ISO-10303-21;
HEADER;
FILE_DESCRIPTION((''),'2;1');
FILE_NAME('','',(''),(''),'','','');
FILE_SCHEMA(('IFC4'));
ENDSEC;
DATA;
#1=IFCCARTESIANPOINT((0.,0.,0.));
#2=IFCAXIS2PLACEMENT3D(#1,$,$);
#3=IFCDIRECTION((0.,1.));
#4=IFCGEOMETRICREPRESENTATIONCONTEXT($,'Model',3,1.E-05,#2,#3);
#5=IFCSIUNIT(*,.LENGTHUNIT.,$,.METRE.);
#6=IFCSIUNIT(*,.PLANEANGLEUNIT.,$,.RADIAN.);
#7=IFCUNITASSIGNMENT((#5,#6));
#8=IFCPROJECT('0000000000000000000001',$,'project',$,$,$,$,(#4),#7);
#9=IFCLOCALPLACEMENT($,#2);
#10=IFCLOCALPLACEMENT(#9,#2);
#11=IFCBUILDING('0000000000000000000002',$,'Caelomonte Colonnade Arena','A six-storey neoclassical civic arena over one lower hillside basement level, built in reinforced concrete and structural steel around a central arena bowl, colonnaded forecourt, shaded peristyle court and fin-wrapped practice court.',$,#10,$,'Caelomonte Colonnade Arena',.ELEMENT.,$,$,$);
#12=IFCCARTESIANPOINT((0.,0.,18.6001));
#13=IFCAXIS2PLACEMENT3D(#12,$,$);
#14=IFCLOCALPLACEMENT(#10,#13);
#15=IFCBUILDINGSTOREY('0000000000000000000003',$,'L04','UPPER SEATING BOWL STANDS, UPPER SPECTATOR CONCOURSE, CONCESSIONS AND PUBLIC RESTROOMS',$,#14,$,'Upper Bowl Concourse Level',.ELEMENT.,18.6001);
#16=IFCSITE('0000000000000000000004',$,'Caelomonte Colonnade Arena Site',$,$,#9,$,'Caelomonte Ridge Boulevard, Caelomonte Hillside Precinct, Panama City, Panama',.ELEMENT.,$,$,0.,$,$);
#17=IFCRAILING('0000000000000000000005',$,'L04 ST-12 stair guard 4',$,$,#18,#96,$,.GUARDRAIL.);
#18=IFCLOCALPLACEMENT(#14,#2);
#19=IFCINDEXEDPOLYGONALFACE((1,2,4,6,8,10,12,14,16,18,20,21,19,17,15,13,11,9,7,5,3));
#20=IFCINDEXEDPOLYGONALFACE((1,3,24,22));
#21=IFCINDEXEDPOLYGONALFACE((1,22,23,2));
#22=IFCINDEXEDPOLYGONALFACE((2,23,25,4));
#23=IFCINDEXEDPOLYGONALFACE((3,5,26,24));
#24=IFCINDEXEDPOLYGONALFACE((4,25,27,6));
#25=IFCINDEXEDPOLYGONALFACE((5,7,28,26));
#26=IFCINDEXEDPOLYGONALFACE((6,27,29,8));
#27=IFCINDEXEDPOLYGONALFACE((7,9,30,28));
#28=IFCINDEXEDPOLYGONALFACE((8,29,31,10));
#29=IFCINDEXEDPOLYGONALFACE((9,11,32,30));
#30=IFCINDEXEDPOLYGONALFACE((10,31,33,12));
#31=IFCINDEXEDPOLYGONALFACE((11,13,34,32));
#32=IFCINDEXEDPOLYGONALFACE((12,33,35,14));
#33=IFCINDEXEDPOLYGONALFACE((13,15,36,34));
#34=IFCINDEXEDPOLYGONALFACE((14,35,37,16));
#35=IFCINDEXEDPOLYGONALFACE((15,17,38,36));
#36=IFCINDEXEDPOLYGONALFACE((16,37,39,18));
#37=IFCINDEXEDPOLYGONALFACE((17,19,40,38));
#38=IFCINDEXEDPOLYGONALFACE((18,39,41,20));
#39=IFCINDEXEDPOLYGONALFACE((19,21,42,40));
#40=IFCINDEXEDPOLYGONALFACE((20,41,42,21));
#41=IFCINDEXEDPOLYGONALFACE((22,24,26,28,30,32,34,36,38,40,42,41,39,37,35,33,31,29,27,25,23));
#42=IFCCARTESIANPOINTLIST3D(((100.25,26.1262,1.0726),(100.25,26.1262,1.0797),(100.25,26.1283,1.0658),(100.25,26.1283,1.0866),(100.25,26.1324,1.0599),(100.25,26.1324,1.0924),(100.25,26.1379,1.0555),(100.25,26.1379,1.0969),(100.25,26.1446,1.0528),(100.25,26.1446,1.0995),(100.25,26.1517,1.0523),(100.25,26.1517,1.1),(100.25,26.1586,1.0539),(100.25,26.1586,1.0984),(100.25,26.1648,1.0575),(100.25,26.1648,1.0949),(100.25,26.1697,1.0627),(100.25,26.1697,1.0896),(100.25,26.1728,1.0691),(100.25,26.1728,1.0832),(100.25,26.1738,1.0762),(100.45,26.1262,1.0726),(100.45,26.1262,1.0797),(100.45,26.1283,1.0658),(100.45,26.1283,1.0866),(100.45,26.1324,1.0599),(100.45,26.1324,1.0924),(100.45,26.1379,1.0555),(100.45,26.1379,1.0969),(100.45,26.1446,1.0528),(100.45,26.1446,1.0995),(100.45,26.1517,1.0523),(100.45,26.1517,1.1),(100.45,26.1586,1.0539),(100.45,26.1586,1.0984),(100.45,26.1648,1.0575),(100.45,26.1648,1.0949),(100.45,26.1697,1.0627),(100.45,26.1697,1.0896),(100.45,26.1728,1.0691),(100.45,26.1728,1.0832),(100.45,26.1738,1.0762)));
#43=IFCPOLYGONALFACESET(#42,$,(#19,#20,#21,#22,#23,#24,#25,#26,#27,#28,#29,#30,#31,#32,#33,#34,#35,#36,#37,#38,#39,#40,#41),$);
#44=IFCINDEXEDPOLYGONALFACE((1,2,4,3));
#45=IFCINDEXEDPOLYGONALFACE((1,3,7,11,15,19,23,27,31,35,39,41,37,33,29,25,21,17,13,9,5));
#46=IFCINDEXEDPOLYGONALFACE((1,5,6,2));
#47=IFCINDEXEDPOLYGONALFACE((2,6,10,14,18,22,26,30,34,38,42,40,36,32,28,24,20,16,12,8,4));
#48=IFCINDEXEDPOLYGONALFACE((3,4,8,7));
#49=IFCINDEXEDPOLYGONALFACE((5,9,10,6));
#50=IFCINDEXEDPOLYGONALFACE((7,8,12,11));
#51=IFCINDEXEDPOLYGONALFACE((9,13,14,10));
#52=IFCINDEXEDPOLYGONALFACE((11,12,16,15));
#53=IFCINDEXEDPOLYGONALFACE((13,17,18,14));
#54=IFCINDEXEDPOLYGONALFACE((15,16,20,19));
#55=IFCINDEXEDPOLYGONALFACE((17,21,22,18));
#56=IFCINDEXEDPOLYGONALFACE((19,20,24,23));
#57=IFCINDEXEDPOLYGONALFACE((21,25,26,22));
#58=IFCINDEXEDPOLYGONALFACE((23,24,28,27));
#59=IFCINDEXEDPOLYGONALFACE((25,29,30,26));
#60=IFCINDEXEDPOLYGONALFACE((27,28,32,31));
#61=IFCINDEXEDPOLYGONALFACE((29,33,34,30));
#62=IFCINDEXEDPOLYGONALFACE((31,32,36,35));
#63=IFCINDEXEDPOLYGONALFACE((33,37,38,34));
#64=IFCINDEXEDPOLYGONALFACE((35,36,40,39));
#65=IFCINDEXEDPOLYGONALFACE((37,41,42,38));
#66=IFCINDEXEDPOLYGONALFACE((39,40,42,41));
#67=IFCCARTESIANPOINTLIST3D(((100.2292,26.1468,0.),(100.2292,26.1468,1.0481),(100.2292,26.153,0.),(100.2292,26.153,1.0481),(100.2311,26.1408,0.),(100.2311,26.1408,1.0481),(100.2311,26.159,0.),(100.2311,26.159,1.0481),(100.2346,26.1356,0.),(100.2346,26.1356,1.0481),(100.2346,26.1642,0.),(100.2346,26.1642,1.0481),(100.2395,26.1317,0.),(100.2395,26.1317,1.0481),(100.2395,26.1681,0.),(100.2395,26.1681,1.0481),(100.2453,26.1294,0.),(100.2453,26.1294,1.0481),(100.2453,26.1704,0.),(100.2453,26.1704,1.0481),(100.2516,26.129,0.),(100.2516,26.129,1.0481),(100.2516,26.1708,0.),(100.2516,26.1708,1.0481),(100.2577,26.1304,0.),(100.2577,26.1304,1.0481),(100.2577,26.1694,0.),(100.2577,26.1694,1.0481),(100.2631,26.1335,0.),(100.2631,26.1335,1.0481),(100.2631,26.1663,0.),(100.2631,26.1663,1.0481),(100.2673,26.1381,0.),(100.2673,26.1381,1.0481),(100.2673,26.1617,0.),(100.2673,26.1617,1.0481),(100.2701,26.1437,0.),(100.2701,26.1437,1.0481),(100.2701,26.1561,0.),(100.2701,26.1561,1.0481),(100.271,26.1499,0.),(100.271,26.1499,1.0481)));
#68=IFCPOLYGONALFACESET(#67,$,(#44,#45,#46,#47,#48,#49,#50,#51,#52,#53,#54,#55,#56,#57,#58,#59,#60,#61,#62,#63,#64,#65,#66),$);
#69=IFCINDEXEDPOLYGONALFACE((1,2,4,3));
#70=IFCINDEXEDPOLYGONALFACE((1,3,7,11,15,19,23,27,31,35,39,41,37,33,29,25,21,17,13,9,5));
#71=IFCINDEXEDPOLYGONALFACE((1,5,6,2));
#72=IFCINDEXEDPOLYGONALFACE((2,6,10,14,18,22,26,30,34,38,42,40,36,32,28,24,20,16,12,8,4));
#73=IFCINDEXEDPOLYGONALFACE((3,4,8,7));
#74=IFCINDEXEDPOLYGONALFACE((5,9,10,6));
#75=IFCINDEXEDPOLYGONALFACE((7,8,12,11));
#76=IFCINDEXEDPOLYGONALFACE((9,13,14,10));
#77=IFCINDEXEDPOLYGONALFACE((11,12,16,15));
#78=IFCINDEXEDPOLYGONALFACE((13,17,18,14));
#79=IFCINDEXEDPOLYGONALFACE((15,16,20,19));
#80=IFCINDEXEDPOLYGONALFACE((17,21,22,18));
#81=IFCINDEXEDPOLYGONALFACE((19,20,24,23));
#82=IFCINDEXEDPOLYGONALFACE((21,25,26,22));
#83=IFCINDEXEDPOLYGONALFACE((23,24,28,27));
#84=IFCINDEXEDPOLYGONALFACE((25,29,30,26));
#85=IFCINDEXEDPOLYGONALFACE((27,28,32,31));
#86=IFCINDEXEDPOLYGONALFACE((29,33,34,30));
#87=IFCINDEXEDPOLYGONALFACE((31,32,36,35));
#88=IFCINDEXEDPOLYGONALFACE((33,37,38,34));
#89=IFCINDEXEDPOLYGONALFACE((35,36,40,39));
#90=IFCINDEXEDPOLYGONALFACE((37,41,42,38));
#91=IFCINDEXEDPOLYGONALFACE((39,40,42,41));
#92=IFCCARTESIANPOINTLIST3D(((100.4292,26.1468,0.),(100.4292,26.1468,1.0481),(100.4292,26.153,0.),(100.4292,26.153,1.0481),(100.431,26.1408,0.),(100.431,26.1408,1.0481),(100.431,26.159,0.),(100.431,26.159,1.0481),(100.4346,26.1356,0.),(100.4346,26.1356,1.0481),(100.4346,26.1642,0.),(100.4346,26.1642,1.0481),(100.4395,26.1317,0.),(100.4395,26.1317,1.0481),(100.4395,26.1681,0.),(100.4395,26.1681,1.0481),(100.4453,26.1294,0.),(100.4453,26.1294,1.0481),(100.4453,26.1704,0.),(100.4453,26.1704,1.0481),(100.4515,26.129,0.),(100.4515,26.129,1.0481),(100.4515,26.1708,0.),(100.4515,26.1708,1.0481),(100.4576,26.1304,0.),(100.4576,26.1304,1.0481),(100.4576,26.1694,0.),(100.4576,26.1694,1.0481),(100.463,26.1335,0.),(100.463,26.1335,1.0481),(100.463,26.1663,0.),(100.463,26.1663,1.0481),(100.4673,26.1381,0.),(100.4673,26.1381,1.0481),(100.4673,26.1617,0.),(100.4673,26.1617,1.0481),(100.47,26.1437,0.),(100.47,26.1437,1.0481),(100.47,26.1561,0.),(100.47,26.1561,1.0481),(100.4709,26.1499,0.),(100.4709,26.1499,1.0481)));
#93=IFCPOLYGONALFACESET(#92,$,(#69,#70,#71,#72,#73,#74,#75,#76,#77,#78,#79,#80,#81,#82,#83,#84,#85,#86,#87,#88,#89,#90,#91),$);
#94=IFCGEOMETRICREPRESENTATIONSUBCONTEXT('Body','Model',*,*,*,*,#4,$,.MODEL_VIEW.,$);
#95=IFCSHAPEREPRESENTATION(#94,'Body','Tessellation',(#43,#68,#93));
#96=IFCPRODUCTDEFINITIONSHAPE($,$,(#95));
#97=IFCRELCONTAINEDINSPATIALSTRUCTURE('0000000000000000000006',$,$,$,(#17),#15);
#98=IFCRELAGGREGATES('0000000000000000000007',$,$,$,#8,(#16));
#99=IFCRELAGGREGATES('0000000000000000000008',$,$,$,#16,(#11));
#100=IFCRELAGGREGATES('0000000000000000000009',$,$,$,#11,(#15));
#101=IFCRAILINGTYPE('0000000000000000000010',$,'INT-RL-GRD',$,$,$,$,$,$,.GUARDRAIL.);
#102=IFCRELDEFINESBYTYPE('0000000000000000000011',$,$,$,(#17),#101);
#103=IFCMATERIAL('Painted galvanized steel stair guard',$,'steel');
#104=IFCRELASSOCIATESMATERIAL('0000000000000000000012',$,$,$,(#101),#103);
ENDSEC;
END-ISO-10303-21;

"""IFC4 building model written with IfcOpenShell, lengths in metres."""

from ifc_helpers import new_model, si_unit, direction, frame, origin, origin_2d, place, context, subcontext, project, spatial, circle, extrude, material, type_object, element, save


model = new_model("IFC4")

# Units and contexts
model_context = context("Model", 3, precision=1e-05, world=origin(), true_north=direction((0.0, 1.0)))
body_context = subcontext(model_context, "Body", "Model", "MODEL_VIEW")
ifc_project = project(units=[si_unit("LENGTHUNIT", "METRE"), si_unit("PLANEANGLEUNIT", "RADIAN")], contexts=[model_context])

# Site, building, storey
site_placement = place(None, origin())
site = spatial("IfcSite", under=ifc_project, at=site_placement, Name="Caelomonte Colonnade Arena Site", LongName="Caelomonte Ridge Boulevard, Caelomonte Hillside Precinct, Panama City, Panama", CompositionType="ELEMENT", RefElevation=0.0)
building_placement = place(site_placement, origin())
building = spatial("IfcBuilding", under=site, at=building_placement, Name="Caelomonte Colonnade Arena", Description="A six-storey neoclassical civic arena over one lower hillside basement level, built in reinforced concrete and structural steel around a central arena bowl, colonnaded forecourt, shaded peristyle court and fin-wrapped practice court.", LongName="Caelomonte Colonnade Arena", CompositionType="ELEMENT")
storey_placement = place(building_placement, frame((0.0, 0.0, 18.6001)))
storey = spatial("IfcBuildingStorey", under=building, at=storey_placement, Name="L04", Description="UPPER SEATING BOWL STANDS, UPPER SPECTATOR CONCOURSE, CONCESSIONS AND PUBLIC RESTROOMS", LongName="Upper Bowl Concourse Level", CompositionType="ELEMENT", Elevation=18.6001)

# Railing
ifc_material_1 = material(Name="Painted galvanized steel stair guard", Category="steel")
railing_type_1 = type_object("IfcRailingType", Name="INT-RL-GRD", PredefinedType="GUARDRAIL", material=ifc_material_1)
railing_1_placement = place(storey_placement, frame((100.25, 26.1499, 0.0)))
element("IfcRailing", 1, at=railing_1_placement, inside=storey, type_object=railing_type_1, Name="L04 ST-12 stair guard 4", PredefinedType="GUARDRAIL", context=body_context, shape_type="SweptSolid", body=[
    extrude(circle(Radius=0.0239, at=origin_2d()), frame((0.0, 0.0, 1.0762), z_axis=(1.0, 0.0, 0.0), x_axis=(0.0, 1.0, 0.0)), (0.0, 0.0, 1.0), 0.2),
    extrude(circle(Radius=0.021, at=origin_2d()), origin(), (0.0, 0.0, 1.0), 1.0481),
    extrude(circle(Radius=0.021, at=origin_2d()), frame((0.2, 0.0, 0.0)), (0.0, 0.0, 1.0), 1.0481),
])

save(model, "model.ifc")
